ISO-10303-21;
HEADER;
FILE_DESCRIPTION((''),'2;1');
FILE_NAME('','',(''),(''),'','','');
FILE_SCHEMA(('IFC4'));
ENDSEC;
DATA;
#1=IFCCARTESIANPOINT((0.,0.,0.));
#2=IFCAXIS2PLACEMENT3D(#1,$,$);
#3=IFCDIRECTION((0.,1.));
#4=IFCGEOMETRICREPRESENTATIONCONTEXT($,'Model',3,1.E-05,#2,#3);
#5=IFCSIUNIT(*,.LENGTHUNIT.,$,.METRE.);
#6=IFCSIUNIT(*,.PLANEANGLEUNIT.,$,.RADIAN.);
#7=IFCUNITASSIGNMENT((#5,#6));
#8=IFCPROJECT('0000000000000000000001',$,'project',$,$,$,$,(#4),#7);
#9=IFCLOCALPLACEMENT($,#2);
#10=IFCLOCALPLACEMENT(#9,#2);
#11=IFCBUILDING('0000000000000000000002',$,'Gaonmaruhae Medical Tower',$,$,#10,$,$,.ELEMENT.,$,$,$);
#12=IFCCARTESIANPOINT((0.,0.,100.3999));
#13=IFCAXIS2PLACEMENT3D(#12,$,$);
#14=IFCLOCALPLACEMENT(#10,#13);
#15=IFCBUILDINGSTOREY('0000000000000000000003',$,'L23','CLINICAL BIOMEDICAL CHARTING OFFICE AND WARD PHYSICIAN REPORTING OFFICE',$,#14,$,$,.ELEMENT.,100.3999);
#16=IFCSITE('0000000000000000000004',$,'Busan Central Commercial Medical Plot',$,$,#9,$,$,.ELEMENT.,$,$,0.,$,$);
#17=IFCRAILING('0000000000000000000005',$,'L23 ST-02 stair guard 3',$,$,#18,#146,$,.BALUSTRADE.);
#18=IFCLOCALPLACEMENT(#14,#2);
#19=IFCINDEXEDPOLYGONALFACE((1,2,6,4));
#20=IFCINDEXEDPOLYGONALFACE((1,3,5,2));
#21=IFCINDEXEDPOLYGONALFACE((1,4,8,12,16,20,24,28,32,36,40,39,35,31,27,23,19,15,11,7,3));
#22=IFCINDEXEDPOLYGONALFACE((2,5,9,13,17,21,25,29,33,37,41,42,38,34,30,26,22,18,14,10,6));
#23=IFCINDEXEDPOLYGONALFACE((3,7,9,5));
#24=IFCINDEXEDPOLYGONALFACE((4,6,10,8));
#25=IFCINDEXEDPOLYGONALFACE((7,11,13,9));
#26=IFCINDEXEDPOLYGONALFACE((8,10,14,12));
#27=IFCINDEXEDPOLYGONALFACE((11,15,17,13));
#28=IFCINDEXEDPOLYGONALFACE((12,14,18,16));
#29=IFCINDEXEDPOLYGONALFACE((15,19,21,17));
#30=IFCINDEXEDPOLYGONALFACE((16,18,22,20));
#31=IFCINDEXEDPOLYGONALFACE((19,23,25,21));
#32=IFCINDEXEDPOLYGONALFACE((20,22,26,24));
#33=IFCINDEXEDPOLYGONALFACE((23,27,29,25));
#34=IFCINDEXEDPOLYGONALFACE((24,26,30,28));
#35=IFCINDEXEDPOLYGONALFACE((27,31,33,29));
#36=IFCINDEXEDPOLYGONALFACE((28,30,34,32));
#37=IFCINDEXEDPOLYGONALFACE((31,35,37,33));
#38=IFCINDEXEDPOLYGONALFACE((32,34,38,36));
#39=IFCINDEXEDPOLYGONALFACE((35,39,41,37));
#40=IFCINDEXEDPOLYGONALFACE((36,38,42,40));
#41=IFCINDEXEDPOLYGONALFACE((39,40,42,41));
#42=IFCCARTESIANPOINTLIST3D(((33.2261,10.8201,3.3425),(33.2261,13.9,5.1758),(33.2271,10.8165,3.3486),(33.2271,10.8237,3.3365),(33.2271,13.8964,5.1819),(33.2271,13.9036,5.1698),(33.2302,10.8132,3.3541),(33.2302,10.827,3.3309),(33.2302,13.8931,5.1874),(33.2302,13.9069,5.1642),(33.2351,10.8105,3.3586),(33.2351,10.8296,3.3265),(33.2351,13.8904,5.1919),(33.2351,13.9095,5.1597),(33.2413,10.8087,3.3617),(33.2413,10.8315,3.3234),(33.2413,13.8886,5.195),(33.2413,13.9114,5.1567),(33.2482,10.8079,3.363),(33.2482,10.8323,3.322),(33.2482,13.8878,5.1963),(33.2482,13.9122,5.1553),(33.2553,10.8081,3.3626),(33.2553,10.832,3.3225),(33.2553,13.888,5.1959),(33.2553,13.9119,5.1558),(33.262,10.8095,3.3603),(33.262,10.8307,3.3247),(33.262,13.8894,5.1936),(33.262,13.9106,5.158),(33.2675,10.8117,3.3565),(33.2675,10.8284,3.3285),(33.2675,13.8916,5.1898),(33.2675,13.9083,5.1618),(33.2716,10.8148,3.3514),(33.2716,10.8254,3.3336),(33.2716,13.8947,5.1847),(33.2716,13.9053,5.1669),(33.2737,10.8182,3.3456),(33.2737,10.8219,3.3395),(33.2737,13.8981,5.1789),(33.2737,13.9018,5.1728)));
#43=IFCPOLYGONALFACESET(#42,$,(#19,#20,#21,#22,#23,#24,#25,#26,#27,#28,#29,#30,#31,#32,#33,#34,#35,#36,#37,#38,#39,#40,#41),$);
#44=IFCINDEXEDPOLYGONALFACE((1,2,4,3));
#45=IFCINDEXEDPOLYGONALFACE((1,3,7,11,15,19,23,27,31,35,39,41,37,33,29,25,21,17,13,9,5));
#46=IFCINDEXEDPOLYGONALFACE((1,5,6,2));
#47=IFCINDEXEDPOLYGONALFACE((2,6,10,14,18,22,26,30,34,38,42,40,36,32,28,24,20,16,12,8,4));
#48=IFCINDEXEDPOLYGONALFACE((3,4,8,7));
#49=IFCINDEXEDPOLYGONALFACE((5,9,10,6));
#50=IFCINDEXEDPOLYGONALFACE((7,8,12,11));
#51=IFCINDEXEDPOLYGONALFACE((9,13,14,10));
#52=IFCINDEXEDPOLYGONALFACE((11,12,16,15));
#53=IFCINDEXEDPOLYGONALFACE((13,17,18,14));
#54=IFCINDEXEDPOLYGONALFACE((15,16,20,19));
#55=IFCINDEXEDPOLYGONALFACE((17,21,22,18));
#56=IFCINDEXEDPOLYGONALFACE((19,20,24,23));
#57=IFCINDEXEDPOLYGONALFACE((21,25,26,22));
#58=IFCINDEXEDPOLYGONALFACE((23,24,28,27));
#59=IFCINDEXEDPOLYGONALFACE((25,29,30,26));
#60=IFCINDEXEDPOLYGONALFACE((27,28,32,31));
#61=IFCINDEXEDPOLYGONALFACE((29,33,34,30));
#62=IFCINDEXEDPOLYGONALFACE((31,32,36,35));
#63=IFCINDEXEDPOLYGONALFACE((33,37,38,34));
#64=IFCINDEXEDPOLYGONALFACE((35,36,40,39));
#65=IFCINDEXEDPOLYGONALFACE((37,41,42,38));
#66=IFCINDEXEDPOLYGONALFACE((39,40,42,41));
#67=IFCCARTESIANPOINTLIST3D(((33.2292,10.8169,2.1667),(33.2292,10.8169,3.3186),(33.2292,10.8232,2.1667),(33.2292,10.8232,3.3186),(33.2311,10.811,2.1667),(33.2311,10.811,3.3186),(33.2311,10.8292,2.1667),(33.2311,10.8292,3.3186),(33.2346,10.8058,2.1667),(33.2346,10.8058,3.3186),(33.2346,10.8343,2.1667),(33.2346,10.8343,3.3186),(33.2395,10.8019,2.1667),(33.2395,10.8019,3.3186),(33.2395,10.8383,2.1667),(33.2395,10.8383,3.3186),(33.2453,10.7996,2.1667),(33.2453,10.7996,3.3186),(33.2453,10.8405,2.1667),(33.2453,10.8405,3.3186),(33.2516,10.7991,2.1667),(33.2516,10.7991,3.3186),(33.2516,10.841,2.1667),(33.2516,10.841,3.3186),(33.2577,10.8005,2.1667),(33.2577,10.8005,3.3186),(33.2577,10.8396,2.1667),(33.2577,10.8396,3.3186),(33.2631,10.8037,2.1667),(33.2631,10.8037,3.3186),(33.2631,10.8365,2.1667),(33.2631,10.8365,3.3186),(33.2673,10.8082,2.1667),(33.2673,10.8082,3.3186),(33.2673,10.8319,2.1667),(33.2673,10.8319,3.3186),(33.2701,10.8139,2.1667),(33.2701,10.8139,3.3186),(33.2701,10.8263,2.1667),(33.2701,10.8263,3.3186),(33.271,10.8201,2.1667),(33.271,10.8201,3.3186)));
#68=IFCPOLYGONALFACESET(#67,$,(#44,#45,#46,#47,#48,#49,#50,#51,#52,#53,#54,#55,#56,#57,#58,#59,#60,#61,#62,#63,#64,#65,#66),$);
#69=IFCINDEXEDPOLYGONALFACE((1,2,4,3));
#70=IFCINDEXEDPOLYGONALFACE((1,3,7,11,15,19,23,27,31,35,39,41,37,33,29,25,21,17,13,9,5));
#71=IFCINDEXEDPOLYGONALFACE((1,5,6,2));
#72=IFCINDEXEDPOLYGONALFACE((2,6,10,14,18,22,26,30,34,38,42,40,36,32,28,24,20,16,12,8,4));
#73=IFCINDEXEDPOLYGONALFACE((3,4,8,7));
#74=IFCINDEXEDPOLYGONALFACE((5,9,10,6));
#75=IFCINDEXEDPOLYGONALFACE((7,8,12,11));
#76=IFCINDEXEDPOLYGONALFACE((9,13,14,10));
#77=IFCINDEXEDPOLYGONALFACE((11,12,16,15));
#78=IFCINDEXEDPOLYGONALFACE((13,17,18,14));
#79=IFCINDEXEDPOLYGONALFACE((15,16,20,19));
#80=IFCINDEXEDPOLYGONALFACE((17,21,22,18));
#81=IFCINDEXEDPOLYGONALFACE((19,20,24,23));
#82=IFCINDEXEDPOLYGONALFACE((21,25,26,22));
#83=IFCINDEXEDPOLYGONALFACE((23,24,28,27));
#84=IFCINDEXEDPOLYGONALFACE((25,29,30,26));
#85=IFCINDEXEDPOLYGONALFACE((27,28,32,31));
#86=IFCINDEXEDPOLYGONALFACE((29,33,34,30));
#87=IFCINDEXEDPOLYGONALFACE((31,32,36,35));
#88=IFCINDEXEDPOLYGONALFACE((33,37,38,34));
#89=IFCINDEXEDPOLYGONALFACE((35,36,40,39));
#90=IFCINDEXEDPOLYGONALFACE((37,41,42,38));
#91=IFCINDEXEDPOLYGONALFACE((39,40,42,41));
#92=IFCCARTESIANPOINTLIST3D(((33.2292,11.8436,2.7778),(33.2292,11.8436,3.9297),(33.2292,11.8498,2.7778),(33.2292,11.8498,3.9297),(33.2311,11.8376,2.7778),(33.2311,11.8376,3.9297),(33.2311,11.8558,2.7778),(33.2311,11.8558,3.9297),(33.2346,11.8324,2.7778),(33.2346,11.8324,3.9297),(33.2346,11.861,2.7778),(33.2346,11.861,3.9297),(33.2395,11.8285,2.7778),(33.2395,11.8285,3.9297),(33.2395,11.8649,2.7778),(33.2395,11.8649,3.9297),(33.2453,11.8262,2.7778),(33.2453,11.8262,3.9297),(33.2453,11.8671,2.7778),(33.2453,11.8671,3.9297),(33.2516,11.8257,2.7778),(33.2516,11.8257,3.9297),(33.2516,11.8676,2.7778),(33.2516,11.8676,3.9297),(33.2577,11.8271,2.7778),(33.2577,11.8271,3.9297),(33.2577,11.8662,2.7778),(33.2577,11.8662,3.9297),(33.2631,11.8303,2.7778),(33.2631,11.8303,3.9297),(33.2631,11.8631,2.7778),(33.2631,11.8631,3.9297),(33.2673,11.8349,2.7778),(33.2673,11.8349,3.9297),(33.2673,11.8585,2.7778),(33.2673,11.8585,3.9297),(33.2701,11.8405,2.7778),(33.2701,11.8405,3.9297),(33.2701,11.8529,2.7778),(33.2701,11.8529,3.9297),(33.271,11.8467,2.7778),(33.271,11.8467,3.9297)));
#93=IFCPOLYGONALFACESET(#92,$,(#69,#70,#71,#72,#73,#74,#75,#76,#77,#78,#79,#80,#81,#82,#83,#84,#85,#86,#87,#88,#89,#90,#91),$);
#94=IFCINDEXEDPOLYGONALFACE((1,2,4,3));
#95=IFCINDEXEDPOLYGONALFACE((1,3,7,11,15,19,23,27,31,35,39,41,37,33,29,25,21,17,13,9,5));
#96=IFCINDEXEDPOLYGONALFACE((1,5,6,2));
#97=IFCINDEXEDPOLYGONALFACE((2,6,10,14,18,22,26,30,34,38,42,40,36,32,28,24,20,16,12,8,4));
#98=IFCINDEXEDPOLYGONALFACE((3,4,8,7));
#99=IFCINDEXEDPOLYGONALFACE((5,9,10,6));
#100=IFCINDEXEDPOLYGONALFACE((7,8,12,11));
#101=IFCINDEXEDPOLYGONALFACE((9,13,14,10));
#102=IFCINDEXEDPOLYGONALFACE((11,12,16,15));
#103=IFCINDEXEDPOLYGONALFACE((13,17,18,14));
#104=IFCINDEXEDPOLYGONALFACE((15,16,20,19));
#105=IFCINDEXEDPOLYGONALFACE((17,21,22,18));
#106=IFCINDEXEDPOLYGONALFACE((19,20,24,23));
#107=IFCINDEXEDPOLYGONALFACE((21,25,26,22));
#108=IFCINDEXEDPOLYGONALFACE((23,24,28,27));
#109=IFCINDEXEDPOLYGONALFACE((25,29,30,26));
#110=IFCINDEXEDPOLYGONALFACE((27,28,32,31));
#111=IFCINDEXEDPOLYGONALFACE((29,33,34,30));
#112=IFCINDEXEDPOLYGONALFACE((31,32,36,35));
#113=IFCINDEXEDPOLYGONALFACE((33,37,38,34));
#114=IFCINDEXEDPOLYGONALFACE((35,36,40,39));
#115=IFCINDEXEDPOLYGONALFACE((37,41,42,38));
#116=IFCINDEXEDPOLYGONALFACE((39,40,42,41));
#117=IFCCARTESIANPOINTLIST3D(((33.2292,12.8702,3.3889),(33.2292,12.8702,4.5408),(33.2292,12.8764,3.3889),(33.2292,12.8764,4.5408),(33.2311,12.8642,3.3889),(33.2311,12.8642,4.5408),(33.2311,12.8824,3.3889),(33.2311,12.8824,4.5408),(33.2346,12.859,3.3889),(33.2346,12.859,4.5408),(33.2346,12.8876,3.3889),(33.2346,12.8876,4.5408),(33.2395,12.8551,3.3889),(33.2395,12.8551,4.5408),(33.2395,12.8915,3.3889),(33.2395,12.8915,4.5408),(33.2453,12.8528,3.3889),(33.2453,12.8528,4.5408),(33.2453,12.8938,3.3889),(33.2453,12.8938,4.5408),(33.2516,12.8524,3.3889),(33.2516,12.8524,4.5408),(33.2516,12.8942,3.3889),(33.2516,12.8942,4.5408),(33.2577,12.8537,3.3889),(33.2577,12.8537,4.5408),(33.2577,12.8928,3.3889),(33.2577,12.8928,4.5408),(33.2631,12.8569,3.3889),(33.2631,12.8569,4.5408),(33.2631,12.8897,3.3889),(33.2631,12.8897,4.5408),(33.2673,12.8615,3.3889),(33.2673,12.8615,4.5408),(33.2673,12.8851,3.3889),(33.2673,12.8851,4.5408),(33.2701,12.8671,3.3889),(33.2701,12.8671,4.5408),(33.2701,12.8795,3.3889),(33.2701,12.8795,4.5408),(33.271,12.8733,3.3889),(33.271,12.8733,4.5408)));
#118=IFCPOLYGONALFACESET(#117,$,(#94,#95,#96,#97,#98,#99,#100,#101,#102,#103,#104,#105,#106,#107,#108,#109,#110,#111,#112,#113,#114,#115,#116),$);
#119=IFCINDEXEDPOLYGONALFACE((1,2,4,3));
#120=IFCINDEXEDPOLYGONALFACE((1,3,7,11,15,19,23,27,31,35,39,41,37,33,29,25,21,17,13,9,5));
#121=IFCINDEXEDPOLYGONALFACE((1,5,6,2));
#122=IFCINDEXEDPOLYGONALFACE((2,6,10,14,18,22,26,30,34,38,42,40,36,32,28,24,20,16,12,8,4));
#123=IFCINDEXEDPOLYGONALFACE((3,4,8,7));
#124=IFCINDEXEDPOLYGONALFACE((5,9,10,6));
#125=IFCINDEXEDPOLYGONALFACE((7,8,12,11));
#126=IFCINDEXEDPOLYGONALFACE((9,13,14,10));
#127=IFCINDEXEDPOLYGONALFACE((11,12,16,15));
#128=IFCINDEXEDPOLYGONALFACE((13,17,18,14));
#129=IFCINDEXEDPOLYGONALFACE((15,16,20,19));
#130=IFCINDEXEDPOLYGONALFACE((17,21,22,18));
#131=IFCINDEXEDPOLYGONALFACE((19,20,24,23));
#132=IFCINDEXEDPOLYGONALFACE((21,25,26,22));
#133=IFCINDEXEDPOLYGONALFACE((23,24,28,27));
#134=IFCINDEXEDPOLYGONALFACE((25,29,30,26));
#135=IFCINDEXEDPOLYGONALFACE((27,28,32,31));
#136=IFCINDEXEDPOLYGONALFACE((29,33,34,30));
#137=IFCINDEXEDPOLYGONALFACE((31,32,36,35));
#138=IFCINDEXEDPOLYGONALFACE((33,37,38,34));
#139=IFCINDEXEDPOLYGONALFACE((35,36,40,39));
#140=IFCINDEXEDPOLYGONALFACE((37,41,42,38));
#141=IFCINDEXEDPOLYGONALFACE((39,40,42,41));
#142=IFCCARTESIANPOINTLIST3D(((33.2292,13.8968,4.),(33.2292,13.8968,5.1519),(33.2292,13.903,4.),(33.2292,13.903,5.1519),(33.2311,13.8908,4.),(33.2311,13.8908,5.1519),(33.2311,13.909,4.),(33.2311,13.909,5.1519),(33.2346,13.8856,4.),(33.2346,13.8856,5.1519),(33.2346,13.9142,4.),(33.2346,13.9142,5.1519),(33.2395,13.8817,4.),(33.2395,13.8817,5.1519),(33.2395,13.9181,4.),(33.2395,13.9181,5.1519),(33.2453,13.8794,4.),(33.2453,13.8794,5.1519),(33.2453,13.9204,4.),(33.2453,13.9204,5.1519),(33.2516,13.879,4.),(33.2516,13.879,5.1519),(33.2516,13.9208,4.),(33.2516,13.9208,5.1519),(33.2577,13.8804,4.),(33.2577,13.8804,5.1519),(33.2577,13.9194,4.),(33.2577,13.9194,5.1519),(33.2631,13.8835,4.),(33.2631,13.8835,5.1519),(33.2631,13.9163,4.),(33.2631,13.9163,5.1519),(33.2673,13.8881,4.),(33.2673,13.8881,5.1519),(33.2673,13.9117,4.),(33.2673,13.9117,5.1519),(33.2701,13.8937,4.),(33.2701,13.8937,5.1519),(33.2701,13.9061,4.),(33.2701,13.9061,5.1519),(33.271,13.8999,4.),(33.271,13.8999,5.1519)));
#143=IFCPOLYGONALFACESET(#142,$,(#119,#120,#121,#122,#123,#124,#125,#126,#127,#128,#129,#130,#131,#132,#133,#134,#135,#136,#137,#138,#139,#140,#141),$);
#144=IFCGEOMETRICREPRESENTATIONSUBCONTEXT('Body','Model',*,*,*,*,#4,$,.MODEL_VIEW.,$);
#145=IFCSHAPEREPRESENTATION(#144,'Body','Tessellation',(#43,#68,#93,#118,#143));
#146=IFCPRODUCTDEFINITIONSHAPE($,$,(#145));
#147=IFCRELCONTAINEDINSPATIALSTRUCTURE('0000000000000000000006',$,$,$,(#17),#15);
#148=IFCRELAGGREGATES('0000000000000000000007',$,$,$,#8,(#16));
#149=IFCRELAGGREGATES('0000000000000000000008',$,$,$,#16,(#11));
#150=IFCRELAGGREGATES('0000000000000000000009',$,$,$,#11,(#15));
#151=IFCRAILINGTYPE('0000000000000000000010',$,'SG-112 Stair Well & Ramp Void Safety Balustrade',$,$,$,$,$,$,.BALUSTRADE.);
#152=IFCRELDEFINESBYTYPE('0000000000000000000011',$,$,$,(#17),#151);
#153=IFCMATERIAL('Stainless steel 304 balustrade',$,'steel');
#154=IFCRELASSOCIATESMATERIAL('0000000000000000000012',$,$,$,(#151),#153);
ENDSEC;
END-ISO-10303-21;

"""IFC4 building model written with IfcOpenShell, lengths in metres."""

from ifc_helpers import new_model, si_unit, direction, frame, origin, origin_2d, place, context, subcontext, project, spatial, circle, extrude, material, type_object, element, save


model = new_model("IFC4")

# Units and contexts
model_context = context("Model", 3, precision=1e-05, world=origin(), true_north=direction((0.0, 1.0)))
body_context = subcontext(model_context, "Body", "Model", "MODEL_VIEW")
ifc_project = project(units=[si_unit("LENGTHUNIT", "METRE"), si_unit("PLANEANGLEUNIT", "RADIAN")], contexts=[model_context])

# Site, building, storey
site_placement = place(None, origin())
site = spatial("IfcSite", under=ifc_project, at=site_placement, Name="Busan Central Commercial Medical Plot", CompositionType="ELEMENT", RefElevation=0.0)
building_placement = place(site_placement, origin())
building = spatial("IfcBuilding", under=site, at=building_placement, Name="Gaonmaruhae Medical Tower", CompositionType="ELEMENT")
storey_placement = place(building_placement, frame((0.0, 0.0, 100.3999)))
storey = spatial("IfcBuildingStorey", under=building, at=storey_placement, Name="L23", Description="CLINICAL BIOMEDICAL CHARTING OFFICE AND WARD PHYSICIAN REPORTING OFFICE", CompositionType="ELEMENT", Elevation=100.3999)

# Railing
ifc_material_1 = material(Name="Stainless steel 304 balustrade", Category="steel")
railing_type_1 = type_object("IfcRailingType", Name="SG-112 Stair Well & Ramp Void Safety Balustrade", PredefinedType="BALUSTRADE", material=ifc_material_1)
railing_1_placement = place(storey_placement, frame((33.25, 10.8201, 2.1667)))
element("IfcRailing", 1, at=railing_1_placement, inside=storey, type_object=railing_type_1, Name="L23 ST-02 stair guard 3", PredefinedType="BALUSTRADE", context=body_context, shape_type="SweptSolid", body=[
    extrude(circle(Radius=0.0239, at=origin_2d()), frame((0.0, 0.0, 1.1758), z_axis=(0.0, 0.859291, 0.511487), x_axis=(-1.0, 0.0, 0.0)), (0.0, 0.0, 1.0), 3.5842),
    extrude(circle(Radius=0.021, at=origin_2d()), origin(), (0.0, 0.0, 1.0), 1.1519),
    extrude(circle(Radius=0.021, at=origin_2d()), frame((0.0, 1.0266, 0.6111)), (0.0, 0.0, 1.0), 1.1519),
    extrude(circle(Radius=0.021, at=origin_2d()), frame((0.0, 2.0532, 1.2222)), (0.0, 0.0, 1.0), 1.1519),
    extrude(circle(Radius=0.021, at=origin_2d()), frame((0.0, 3.0798, 1.8333)), (0.0, 0.0, 1.0), 1.1519),
])

save(model, "model.ifc")
